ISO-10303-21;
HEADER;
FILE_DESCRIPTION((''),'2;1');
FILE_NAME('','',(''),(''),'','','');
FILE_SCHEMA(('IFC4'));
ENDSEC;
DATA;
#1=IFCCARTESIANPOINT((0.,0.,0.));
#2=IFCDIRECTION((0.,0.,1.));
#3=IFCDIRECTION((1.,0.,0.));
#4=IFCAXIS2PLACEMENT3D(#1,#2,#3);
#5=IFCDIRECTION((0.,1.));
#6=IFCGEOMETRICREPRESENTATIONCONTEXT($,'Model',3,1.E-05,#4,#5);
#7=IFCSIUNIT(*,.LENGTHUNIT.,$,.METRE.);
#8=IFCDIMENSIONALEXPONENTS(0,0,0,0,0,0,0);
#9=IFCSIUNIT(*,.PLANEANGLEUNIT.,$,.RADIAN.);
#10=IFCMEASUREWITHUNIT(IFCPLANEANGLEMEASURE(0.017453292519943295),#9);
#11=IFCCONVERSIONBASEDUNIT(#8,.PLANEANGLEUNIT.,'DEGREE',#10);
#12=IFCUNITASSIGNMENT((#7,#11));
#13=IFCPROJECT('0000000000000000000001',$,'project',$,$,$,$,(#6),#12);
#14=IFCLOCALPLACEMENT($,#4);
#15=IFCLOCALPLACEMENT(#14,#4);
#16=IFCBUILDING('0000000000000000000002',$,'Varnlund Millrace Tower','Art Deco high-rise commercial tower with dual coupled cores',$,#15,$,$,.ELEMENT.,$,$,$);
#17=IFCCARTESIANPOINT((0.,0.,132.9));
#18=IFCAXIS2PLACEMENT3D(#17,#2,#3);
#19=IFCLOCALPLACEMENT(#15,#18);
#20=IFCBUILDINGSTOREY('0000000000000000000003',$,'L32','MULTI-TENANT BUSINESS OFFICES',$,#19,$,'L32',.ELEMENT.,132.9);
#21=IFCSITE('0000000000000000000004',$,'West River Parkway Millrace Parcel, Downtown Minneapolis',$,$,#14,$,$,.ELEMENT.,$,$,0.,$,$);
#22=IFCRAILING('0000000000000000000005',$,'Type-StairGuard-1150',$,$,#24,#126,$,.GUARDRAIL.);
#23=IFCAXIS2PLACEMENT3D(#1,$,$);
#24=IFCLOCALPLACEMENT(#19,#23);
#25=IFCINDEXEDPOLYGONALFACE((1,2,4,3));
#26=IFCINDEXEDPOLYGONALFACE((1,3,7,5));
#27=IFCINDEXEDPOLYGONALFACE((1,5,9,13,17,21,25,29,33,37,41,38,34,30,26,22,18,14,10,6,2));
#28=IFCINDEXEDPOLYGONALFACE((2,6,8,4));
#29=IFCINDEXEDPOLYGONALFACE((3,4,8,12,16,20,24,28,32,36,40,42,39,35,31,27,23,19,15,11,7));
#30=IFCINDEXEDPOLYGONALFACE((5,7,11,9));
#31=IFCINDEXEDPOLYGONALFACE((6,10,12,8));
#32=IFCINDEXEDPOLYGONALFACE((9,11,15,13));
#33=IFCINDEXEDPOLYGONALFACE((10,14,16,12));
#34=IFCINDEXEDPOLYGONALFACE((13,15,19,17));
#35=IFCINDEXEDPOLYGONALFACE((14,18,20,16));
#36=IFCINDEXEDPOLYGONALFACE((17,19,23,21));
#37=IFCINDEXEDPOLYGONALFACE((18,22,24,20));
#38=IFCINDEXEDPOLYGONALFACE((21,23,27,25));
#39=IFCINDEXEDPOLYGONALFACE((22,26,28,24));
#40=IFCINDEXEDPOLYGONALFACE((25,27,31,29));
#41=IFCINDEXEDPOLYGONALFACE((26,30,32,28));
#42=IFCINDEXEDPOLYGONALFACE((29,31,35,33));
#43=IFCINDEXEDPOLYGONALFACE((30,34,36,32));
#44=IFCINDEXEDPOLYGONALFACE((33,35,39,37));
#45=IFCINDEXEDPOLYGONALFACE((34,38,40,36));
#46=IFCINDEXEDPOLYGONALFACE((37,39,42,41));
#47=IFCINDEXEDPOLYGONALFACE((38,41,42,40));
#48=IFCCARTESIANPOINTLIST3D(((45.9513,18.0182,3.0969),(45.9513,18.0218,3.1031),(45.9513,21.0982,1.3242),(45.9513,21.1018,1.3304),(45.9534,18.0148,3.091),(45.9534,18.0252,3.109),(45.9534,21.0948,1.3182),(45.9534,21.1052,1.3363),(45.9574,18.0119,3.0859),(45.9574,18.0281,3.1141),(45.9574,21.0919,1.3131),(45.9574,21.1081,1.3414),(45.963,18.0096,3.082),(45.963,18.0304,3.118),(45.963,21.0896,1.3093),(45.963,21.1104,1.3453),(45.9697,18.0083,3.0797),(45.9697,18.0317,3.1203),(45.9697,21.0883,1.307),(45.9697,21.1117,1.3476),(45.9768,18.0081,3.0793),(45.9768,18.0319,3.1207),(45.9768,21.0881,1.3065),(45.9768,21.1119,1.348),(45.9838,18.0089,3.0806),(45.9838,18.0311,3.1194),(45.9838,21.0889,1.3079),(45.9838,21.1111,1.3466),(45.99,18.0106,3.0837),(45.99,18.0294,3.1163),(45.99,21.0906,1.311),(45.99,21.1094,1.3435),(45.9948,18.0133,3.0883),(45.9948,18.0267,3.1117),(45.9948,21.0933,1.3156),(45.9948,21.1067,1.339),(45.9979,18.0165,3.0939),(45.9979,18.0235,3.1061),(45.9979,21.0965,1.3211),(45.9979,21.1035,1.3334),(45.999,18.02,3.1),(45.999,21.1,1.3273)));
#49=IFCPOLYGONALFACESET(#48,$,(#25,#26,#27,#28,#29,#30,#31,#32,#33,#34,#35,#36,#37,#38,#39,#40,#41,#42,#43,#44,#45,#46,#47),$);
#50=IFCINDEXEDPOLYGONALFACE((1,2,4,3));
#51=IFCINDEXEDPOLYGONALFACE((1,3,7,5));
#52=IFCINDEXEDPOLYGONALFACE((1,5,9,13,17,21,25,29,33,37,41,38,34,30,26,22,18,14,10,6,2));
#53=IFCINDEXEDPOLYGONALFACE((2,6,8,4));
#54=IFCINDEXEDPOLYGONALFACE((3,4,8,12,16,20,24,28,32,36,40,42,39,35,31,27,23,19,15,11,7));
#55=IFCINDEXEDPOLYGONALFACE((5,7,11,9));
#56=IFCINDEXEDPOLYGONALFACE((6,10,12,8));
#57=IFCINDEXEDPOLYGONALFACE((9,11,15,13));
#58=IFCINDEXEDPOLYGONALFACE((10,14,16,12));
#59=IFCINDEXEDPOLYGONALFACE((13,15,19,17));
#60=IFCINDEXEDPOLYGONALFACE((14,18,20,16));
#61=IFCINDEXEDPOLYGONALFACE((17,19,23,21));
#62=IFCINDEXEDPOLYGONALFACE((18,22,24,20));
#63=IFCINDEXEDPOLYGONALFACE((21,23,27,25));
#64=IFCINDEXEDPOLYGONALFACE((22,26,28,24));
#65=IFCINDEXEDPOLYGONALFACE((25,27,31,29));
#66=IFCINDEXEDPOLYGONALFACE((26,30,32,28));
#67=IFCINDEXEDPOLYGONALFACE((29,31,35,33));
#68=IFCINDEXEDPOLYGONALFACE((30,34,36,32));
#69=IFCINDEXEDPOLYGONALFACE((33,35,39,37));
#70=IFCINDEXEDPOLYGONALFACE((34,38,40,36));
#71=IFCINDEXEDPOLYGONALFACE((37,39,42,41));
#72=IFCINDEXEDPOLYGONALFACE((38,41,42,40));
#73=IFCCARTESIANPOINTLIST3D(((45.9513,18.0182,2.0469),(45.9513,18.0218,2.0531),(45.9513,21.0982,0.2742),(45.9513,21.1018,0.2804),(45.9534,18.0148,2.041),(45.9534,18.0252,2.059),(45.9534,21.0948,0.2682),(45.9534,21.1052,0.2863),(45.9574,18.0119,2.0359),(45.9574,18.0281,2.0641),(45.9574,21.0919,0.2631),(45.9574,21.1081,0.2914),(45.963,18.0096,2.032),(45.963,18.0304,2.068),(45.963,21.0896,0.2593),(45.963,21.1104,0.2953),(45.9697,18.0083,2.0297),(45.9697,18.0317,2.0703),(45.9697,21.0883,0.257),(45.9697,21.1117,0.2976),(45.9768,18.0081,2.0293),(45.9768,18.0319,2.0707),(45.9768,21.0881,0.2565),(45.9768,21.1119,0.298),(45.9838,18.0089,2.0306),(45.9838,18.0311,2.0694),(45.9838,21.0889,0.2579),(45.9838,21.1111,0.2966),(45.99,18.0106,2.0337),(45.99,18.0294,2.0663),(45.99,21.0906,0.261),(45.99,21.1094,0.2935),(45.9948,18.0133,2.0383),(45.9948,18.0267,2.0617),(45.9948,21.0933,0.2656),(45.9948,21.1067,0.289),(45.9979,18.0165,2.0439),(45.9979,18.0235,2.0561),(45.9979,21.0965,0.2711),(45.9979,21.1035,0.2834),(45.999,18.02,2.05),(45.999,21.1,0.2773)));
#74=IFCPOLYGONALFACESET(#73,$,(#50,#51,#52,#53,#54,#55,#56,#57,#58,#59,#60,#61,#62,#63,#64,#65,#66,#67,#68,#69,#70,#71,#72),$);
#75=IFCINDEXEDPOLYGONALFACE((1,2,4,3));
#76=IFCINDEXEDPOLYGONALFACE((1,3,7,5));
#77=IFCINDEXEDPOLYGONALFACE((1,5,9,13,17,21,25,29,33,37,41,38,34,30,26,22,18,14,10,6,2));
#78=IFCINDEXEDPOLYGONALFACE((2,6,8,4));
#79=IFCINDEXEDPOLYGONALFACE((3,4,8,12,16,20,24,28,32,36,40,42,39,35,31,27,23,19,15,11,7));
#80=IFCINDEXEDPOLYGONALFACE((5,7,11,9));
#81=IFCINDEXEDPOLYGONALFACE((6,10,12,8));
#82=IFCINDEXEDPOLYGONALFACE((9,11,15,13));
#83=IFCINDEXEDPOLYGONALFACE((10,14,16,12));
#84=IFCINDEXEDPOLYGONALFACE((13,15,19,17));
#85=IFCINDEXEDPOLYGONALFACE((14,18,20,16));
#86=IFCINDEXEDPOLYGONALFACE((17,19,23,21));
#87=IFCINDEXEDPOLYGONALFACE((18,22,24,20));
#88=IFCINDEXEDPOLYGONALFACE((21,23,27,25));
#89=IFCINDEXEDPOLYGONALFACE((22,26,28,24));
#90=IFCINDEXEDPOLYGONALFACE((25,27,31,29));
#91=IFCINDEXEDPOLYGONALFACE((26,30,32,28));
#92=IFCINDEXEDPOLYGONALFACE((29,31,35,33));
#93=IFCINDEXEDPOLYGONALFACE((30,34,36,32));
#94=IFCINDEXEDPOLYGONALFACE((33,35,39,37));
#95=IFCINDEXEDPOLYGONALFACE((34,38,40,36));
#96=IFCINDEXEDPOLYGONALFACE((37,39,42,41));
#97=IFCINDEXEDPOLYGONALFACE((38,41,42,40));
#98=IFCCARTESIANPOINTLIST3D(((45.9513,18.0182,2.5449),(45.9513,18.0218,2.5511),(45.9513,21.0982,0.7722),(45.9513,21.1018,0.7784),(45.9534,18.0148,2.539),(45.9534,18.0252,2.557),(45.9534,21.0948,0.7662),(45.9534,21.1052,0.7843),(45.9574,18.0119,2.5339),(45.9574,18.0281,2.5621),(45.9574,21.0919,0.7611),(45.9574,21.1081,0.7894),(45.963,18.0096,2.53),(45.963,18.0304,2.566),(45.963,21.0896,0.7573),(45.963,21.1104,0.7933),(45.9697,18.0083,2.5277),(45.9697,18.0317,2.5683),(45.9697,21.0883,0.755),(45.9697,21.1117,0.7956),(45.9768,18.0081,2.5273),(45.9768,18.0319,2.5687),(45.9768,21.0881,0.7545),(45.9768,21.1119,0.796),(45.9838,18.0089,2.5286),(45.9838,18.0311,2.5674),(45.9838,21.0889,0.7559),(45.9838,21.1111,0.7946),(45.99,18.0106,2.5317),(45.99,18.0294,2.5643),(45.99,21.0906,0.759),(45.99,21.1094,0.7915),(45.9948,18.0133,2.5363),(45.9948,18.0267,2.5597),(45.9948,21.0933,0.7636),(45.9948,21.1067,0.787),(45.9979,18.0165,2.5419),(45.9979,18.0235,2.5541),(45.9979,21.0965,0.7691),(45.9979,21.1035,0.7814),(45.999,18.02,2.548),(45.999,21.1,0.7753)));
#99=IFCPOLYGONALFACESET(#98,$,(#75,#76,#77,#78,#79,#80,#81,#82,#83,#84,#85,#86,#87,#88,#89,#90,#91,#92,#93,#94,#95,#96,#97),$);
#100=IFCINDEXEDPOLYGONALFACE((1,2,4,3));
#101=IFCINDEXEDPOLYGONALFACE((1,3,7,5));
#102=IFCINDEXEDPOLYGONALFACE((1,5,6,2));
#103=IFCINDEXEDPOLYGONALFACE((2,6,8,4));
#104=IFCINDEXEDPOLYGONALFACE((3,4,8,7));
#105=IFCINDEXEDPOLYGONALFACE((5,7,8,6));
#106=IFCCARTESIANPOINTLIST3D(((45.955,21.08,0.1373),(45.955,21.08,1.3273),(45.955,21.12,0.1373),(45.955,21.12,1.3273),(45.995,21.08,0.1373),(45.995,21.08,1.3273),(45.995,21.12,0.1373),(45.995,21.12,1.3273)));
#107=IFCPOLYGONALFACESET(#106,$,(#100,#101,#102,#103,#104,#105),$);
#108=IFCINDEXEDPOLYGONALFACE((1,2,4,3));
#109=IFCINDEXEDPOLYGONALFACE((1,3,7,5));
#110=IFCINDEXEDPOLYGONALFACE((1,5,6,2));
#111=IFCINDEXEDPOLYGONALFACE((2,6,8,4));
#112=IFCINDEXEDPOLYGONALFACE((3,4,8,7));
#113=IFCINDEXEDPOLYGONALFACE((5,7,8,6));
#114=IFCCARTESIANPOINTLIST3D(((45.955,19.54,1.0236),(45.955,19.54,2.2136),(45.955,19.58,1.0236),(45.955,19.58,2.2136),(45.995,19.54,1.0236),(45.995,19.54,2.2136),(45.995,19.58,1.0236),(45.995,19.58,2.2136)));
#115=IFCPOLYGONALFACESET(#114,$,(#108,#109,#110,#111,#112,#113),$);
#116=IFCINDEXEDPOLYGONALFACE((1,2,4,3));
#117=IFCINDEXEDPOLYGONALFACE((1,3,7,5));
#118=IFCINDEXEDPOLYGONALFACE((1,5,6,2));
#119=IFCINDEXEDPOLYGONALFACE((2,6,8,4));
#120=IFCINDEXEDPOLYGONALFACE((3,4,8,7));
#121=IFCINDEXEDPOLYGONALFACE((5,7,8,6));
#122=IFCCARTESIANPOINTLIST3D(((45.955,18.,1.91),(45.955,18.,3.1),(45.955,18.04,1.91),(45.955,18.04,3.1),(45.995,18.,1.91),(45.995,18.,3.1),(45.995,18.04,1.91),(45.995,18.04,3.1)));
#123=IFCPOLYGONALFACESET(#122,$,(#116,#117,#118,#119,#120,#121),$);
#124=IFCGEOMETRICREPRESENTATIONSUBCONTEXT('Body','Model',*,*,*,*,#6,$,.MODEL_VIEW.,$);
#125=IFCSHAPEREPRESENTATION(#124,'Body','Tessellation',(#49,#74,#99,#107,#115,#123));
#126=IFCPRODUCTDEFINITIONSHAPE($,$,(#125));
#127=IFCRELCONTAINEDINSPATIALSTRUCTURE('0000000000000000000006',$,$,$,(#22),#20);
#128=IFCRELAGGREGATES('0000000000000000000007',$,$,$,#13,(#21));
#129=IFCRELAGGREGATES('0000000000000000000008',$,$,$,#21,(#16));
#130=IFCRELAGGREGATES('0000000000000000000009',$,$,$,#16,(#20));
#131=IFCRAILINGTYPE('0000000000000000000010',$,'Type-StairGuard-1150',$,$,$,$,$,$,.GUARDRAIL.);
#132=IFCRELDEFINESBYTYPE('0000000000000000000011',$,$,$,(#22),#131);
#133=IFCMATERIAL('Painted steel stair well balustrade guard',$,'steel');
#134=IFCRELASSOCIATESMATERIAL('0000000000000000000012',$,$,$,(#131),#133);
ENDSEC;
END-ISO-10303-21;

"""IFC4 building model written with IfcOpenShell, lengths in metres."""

from ifc_helpers import new_model, entity, si_unit, converted_unit, direction, frame, origin_with_axes, origin_2d_with_axis, place, context, subcontext, project, spatial, rectangle, circle, extrude, material, type_object, element, save


model = new_model("IFC4")

# Units and contexts
model_context = context("Model", 3, precision=1e-05, world=origin_with_axes(), true_north=direction((0.0, 1.0)))
body_context = subcontext(model_context, "Body", "Model", "MODEL_VIEW")
ifc_project = project(units=[si_unit("LENGTHUNIT", "METRE"), converted_unit("PLANEANGLEUNIT", "DEGREE", entity("IfcPlaneAngleMeasure", 0.017453292519943295), si_unit("PLANEANGLEUNIT", "RADIAN"), dimensions=[0, 0, 0, 0, 0, 0, 0])], contexts=[model_context])

# Site, building, storey
site_placement = place(None, origin_with_axes())
site = spatial("IfcSite", under=ifc_project, at=site_placement, Name="West River Parkway Millrace Parcel, Downtown Minneapolis", CompositionType="ELEMENT", RefElevation=0.0)
building_placement = place(site_placement, origin_with_axes())
building = spatial("IfcBuilding", under=site, at=building_placement, Name="Varnlund Millrace Tower", Description="Art Deco high-rise commercial tower with dual coupled cores", CompositionType="ELEMENT")
storey_placement = place(building_placement, frame((0.0, 0.0, 132.9), z_axis=(0.0, 0.0, 1.0), x_axis=(1.0, 0.0, 0.0)))
storey = spatial("IfcBuildingStorey", under=building, at=storey_placement, Name="L32", Description="MULTI-TENANT BUSINESS OFFICES", LongName="L32", CompositionType="ELEMENT", Elevation=132.9)

# Railing
ifc_material_1 = material(Name="Painted steel stair well balustrade guard", Category="steel")
railing_type_1 = type_object("IfcRailingType", Name="Type-StairGuard-1150", PredefinedType="GUARDRAIL", material=ifc_material_1)
railing_1_placement = place(storey_placement, frame((0.0, 0.0, -132.9), z_axis=(0.0, 0.0, 1.0), x_axis=(1.0, 0.0, 0.0)))
element("IfcRailing", 1, at=railing_1_placement, inside=storey, type_object=railing_type_1, Name="Type-StairGuard-1150", PredefinedType="GUARDRAIL", context=body_context, shape_type="SweptSolid", body=[
    extrude(circle(Radius=0.024, at=origin_2d_with_axis()), frame((45.975, 21.1, 134.2273), z_axis=(0.0, -0.866696, 0.498836), x_axis=(1.0, 0.0, 0.0)), (0.0, 0.0, 1.0), 3.5537),
    extrude(circle(Radius=0.024, at=origin_2d_with_axis()), frame((45.975, 21.1, 133.1773), z_axis=(0.0, -0.866696, 0.498836), x_axis=(1.0, 0.0, 0.0)), (0.0, 0.0, 1.0), 3.5537),
    extrude(circle(Radius=0.024, at=origin_2d_with_axis()), frame((45.975, 21.1, 133.6753), z_axis=(0.0, -0.866696, 0.498836), x_axis=(1.0, 0.0, 0.0)), (0.0, 0.0, 1.0), 3.5537),
    extrude(rectangle(XDim=0.04, YDim=0.04, at=origin_2d_with_axis()), frame((45.975, 21.1, 133.0373), z_axis=(0.0, 0.0, 1.0), x_axis=(1.0, 0.0, 0.0)), (0.0, 0.0, 1.0), 1.19),
    extrude(rectangle(XDim=0.04, YDim=0.04, at=origin_2d_with_axis()), frame((45.975, 19.56, 133.9236), z_axis=(0.0, 0.0, 1.0), x_axis=(1.0, 0.0, 0.0)), (0.0, 0.0, 1.0), 1.19),
    extrude(rectangle(XDim=0.04, YDim=0.04, at=origin_2d_with_axis()), frame((45.975, 18.02, 134.81), z_axis=(0.0, 0.0, 1.0), x_axis=(1.0, 0.0, 0.0)), (0.0, 0.0, 1.0), 1.19),
])

save(model, "model.ifc")
